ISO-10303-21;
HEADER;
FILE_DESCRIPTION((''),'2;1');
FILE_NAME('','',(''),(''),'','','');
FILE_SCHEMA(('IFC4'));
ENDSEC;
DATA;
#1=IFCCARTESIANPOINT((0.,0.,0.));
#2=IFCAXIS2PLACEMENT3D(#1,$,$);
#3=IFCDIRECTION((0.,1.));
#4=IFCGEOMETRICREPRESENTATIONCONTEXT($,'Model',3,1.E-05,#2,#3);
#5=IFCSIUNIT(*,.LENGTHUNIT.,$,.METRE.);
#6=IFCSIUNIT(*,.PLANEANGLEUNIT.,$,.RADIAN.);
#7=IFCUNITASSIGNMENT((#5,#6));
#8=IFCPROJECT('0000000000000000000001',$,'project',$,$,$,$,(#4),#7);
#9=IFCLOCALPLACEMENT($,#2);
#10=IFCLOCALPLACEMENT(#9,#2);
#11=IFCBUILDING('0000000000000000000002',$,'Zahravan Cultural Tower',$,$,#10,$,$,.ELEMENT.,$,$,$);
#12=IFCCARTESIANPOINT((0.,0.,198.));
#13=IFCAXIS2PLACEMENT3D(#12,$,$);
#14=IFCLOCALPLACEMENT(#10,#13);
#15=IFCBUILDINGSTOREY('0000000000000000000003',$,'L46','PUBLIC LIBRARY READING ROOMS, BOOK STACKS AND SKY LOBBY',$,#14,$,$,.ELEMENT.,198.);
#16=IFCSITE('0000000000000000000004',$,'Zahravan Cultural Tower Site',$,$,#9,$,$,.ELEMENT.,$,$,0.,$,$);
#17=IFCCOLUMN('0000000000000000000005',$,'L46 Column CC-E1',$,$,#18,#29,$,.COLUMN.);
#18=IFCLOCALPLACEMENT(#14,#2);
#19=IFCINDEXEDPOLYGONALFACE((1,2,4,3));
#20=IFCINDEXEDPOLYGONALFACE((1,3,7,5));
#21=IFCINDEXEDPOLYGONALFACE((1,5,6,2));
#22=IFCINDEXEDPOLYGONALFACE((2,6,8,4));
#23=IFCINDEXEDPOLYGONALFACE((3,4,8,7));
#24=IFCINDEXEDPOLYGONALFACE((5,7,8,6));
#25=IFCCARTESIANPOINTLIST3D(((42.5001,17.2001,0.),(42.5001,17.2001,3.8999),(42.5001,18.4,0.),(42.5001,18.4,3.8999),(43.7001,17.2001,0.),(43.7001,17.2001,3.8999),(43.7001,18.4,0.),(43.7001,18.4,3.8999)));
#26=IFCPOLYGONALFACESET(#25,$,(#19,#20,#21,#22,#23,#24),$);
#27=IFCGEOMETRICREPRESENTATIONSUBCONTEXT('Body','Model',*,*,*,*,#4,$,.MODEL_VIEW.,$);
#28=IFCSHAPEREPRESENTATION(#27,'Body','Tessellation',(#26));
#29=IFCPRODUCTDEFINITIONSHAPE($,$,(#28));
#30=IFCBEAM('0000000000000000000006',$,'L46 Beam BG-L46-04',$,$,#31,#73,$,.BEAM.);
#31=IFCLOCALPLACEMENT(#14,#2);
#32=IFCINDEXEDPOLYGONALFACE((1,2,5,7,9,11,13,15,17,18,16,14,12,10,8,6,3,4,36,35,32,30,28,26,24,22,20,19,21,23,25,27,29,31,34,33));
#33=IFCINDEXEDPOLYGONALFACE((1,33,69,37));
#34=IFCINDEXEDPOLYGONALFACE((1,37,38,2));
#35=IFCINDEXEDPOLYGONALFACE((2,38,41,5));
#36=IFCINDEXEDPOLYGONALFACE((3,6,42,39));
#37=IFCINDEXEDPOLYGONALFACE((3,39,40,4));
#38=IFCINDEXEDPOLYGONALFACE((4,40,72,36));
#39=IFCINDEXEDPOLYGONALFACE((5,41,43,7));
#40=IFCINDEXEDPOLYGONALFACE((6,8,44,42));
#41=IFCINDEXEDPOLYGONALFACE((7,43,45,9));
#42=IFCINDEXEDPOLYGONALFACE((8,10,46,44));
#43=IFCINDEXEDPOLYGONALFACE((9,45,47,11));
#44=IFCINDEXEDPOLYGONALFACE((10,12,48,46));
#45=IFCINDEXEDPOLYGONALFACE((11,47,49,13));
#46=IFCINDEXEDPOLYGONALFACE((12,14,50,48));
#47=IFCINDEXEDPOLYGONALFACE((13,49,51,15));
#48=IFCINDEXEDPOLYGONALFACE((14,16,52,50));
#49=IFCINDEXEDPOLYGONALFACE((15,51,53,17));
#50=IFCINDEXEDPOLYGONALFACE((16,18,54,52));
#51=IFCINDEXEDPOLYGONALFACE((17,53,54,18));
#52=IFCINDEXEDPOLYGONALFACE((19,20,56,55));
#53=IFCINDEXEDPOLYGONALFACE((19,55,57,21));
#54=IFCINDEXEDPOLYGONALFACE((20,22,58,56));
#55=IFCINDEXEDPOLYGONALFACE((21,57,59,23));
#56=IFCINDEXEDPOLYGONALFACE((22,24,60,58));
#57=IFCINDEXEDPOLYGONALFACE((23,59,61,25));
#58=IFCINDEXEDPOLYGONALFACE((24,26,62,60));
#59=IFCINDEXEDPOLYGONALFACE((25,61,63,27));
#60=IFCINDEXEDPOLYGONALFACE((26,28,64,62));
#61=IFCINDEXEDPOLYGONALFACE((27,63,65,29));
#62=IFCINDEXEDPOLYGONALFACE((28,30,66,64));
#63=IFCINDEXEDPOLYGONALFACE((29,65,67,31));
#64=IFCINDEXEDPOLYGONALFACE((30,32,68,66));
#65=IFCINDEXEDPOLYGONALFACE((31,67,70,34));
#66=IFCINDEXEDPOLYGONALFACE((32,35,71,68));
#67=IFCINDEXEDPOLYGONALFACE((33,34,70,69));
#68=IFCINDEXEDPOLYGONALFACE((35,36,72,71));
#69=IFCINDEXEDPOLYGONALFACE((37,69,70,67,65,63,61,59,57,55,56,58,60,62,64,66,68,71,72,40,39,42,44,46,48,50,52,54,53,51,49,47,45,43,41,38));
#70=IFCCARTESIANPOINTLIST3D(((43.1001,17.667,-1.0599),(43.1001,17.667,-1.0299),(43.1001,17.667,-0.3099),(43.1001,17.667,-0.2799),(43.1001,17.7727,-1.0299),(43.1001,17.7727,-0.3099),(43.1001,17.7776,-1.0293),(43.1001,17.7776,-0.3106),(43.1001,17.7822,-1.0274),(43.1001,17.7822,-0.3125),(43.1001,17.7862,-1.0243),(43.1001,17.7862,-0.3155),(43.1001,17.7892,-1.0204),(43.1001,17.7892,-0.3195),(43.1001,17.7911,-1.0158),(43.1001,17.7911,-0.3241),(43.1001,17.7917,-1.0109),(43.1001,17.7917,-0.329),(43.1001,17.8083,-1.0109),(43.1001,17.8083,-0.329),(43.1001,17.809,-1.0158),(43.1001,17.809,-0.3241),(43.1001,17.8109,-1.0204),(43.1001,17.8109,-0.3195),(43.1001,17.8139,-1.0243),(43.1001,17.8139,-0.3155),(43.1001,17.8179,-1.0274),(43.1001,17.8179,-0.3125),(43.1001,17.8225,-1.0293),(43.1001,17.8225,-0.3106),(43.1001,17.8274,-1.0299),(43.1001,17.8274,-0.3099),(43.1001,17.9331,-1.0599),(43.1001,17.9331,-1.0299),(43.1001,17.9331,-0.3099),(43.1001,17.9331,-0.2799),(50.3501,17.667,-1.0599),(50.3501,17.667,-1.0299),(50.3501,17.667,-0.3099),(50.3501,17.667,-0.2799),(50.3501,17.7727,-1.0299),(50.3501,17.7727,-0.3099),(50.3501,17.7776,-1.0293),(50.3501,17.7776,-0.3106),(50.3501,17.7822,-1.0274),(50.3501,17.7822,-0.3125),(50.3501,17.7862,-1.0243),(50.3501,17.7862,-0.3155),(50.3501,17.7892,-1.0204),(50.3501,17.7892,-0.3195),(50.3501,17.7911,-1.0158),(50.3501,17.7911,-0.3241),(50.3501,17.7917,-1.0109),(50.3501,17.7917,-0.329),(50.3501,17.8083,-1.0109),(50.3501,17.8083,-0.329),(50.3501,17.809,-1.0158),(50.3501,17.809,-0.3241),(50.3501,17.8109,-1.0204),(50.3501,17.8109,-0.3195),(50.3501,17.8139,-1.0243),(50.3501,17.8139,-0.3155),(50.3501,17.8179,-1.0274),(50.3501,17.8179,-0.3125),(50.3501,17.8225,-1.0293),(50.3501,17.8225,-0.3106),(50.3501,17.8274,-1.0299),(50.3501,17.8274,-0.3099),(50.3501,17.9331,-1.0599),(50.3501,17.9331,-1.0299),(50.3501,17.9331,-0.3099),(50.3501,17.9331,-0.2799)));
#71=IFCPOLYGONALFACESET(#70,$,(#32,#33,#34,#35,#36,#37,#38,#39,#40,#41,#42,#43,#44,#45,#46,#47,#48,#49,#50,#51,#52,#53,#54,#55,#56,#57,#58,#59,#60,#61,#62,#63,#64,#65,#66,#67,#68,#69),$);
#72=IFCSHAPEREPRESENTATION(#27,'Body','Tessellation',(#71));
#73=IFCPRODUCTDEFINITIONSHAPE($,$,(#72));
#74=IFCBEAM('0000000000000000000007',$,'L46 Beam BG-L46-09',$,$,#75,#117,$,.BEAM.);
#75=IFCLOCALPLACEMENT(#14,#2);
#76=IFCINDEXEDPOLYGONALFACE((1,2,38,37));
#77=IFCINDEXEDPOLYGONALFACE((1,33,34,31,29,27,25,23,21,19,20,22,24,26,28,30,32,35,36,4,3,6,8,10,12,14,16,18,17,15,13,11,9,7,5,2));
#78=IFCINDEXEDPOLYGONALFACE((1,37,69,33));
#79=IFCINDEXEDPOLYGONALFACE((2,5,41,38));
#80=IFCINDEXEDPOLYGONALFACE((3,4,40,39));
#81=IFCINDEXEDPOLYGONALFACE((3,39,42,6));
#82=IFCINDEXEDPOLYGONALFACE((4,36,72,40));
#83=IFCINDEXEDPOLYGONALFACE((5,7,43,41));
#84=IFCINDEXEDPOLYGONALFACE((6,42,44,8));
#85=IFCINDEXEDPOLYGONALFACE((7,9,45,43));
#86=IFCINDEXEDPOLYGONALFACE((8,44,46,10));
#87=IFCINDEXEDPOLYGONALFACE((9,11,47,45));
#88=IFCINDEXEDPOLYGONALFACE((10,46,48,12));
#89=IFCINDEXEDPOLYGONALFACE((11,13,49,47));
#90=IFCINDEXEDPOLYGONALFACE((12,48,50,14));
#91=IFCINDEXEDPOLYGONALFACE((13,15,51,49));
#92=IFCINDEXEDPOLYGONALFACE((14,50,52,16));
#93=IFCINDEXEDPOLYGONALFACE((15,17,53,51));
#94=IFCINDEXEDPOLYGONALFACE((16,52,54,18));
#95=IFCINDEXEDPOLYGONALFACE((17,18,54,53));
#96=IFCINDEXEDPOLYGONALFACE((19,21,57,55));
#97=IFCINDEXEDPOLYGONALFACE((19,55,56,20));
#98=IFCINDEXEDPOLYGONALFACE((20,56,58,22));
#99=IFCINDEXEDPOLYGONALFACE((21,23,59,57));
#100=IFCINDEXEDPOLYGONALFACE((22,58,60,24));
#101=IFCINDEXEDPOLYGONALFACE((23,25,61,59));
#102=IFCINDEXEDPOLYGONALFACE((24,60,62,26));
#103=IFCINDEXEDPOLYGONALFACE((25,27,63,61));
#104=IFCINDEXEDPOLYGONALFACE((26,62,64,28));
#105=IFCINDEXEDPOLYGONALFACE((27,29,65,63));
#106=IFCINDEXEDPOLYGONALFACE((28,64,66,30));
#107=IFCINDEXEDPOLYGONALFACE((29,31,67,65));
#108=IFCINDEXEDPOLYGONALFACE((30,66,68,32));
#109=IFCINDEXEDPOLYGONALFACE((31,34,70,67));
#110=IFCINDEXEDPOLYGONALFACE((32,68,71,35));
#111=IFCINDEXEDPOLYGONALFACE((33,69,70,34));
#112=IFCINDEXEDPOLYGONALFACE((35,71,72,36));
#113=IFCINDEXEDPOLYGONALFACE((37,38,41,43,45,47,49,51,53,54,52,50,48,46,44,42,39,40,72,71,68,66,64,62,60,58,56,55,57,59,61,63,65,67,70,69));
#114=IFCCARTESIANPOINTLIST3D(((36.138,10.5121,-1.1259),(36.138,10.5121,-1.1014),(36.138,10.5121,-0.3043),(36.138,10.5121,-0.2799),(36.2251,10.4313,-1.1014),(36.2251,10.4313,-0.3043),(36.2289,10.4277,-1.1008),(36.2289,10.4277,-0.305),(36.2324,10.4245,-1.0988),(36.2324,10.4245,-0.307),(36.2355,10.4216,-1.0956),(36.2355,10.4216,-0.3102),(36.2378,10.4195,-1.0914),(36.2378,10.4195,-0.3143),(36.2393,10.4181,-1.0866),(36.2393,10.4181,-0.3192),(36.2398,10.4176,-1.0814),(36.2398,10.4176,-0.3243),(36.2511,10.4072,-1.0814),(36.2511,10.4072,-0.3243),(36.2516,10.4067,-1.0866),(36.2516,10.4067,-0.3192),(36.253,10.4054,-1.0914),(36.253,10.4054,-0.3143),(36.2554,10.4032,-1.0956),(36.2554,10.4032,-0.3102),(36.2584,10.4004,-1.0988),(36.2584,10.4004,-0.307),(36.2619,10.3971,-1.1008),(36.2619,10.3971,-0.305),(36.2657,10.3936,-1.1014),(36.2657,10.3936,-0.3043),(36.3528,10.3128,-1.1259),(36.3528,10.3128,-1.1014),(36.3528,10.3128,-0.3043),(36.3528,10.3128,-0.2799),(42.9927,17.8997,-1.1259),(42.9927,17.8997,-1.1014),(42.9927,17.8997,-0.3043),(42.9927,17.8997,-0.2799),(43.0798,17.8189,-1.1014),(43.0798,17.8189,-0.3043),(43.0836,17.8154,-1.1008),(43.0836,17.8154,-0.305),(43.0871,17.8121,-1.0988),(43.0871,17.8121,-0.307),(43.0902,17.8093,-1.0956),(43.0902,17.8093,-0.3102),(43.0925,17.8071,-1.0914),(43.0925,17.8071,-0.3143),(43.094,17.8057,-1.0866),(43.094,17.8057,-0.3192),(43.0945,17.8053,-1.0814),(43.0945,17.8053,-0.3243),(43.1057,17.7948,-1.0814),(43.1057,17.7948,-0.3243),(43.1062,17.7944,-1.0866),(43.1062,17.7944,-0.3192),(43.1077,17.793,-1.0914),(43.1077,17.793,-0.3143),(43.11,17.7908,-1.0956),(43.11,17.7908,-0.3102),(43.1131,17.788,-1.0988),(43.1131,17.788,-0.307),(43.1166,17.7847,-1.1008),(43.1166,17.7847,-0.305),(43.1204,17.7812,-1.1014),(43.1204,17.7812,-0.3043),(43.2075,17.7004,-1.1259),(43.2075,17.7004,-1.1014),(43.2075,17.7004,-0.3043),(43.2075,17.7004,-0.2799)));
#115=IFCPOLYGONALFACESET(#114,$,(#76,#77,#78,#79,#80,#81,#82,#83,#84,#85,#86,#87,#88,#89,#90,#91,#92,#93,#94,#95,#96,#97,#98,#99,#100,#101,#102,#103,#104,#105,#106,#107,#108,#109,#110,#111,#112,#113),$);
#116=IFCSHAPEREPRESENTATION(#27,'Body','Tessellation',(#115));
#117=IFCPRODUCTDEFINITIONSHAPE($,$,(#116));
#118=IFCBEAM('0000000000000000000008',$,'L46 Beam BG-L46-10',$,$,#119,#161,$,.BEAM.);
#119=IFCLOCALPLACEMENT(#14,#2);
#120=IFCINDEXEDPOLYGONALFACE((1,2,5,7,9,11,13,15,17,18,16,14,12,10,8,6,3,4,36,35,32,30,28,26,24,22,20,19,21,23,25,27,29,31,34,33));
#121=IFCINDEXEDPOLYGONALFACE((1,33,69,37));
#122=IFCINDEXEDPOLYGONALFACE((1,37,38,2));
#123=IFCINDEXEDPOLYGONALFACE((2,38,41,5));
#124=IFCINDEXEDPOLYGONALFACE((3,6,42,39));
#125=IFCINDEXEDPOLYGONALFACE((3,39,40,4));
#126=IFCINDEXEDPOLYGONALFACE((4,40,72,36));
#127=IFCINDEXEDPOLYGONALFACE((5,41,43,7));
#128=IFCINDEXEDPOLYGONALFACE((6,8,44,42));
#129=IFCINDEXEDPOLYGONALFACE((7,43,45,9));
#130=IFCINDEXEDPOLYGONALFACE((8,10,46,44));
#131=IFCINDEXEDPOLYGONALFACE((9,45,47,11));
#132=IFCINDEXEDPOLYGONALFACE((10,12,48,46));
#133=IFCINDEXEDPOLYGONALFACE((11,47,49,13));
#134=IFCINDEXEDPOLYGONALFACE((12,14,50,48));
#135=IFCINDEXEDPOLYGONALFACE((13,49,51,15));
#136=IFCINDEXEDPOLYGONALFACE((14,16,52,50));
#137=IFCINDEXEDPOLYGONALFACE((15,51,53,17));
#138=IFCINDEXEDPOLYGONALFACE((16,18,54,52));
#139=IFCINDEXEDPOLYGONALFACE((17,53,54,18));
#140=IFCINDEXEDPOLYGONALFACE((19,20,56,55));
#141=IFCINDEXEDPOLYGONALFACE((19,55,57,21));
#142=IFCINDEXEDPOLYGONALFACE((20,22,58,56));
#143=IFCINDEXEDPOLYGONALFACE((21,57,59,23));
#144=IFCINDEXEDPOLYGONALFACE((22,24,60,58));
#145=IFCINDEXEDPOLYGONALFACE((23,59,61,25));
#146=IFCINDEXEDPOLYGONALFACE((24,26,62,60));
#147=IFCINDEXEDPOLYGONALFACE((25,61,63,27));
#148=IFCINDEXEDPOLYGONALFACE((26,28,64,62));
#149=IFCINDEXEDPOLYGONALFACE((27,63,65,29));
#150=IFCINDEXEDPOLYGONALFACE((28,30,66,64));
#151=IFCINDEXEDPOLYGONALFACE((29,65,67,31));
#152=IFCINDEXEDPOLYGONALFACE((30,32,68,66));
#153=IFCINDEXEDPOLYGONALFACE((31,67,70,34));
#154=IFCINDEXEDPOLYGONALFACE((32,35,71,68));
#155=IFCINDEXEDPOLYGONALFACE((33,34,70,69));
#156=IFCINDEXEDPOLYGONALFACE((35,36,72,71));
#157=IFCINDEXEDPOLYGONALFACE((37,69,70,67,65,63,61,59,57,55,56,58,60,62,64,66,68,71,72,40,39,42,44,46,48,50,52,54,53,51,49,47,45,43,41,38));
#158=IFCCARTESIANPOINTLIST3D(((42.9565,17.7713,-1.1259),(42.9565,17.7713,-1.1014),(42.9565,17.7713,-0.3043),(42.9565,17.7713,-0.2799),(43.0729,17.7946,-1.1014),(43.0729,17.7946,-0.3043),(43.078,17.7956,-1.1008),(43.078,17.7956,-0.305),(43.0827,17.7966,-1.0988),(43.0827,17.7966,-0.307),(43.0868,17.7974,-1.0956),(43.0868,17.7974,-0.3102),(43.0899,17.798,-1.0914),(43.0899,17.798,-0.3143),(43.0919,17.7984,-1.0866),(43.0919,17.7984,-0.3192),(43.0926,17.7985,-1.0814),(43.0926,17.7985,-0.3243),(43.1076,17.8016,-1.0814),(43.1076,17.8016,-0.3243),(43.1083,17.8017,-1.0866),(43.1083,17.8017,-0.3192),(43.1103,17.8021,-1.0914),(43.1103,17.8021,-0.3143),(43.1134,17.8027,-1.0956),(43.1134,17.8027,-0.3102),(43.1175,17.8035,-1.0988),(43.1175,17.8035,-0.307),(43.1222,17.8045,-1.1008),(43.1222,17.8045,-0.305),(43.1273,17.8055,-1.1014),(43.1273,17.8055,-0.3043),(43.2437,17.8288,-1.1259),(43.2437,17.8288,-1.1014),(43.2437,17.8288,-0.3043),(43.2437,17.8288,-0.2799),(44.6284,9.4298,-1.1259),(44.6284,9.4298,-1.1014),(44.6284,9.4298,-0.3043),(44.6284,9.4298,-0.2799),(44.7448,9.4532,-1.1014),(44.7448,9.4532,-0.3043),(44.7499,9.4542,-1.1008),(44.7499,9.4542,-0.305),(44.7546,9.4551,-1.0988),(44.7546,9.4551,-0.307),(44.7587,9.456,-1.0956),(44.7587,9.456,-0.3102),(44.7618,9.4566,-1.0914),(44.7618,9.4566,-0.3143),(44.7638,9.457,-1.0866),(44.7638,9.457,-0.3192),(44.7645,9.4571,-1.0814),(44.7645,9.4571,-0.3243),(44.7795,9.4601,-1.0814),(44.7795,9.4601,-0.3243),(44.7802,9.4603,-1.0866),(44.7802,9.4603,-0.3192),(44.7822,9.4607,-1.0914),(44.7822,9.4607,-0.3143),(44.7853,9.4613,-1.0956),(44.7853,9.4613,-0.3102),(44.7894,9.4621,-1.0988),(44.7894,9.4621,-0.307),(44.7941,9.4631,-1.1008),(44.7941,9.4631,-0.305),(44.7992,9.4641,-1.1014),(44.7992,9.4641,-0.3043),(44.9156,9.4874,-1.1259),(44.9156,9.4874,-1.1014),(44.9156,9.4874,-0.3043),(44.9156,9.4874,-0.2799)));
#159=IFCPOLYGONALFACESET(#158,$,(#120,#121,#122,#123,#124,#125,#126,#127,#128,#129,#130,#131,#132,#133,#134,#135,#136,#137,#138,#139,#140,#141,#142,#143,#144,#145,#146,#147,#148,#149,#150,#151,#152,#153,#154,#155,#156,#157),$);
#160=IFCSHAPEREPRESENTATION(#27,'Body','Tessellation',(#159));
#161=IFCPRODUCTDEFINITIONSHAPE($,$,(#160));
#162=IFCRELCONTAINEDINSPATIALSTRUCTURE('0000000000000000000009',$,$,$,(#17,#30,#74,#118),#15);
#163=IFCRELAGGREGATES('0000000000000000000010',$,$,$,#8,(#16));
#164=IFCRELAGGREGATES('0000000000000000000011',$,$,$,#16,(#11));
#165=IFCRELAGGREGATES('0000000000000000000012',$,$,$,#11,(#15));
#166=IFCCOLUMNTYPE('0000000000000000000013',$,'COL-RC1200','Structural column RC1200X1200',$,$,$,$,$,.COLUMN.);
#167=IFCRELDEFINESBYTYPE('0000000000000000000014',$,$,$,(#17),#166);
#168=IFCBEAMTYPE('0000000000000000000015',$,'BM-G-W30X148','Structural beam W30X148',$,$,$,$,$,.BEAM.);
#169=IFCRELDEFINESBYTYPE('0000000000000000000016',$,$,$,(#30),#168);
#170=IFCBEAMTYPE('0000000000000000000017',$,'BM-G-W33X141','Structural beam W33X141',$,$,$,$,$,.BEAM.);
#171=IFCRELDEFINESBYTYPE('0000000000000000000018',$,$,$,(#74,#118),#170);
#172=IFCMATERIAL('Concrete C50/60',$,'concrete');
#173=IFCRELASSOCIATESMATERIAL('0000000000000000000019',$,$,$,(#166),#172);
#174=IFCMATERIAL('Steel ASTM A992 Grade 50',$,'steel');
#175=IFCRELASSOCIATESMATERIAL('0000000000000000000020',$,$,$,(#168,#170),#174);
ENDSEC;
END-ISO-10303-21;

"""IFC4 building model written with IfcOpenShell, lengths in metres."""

from ifc_helpers import new_model, si_unit, direction, frame, origin, origin_2d, place, context, subcontext, project, spatial, rectangle, i_section, extrude, source, transform, mapped, material, material_profile, profile_set, type_object, element, save


model = new_model("IFC4")

# Units and contexts
model_context = context("Model", 3, precision=1e-05, world=origin(), true_north=direction((0.0, 1.0)))
body_context = subcontext(model_context, "Body", "Model", "MODEL_VIEW")
ifc_project = project(units=[si_unit("LENGTHUNIT", "METRE"), si_unit("PLANEANGLEUNIT", "RADIAN")], contexts=[model_context])

# Site, building, storey
site_placement = place(None, origin())
site = spatial("IfcSite", under=ifc_project, at=site_placement, Name="Zahravan Cultural Tower Site", CompositionType="ELEMENT", RefElevation=0.0)
building_placement = place(site_placement, origin())
building = spatial("IfcBuilding", under=site, at=building_placement, Name="Zahravan Cultural Tower", CompositionType="ELEMENT")
storey_placement = place(building_placement, frame((0.0, 0.0, 198.0)))
storey = spatial("IfcBuildingStorey", under=building, at=storey_placement, Name="L46", Description="PUBLIC LIBRARY READING ROOMS, BOOK STACKS AND SKY LOBBY", CompositionType="ELEMENT", Elevation=198.0)

# Column
ifc_material_1 = material(Name="Concrete C50/60", Category="concrete")
ifc_material_profile_1 = material_profile(ifc_material_1, rectangle(XDim=1.2, YDim=1.2, at=origin_2d()), Name="RC1200X1200")
ifc_profile_set_1 = profile_set([ifc_material_profile_1], Name="Concrete C50/60")
column_type = type_object("IfcColumnType", Name="COL-RC1200", Description="Structural column RC1200X1200", PredefinedType="COLUMN", material=ifc_profile_set_1)
shared_shape_1 = source(origin(), body_context, "Body", "SweptSolid", [
    extrude(rectangle(XDim=1.2, YDim=1.2, at=origin_2d()), origin(), (0.0, 0.0, 1.0), 3.8999),
])
column_placement = place(storey_placement, frame((43.1001, 17.8, 0.0), z_axis=(0.0, 0.0, 1.0), x_axis=(1.0, 0.0, 0.0)))
element("IfcColumn", 1, at=column_placement, inside=storey, type_object=column_type, Name="L46 Column CC-E1", PredefinedType="COLUMN", context=body_context, shape_type="MappedRepresentation", body=[
    mapped(shared_shape_1, transform((0.0, 0.0, 0.0), x_axis=(1.0, 0.0, 0.0), y_axis=(0.0, 1.0, 0.0), z_axis=(0.0, 0.0, 1.0), scale=1.0)),
])

# Beams
ifc_material_2 = material(Name="Steel ASTM A992 Grade 50", Category="steel")
ifc_material_profile_2 = material_profile(ifc_material_2, i_section(OverallWidth=0.2661, OverallDepth=0.78, WebThickness=0.0166, FlangeThickness=0.03, FilletRadius=0.019, at=origin_2d()), Name="W30X148")
ifc_profile_set_2 = profile_set([ifc_material_profile_2], Name="Steel ASTM A992 Grade 50")
beam_type_1 = type_object("IfcBeamType", Name="BM-G-W30X148", Description="Structural beam W30X148", PredefinedType="BEAM", material=ifc_profile_set_2)
shared_shape_2 = source(origin(), body_context, "Body", "SweptSolid", [
    extrude(i_section(OverallWidth=0.2661, OverallDepth=0.78, WebThickness=0.0166, FlangeThickness=0.03, FilletRadius=0.019, at=origin_2d()), origin(), (0.0, 0.0, 1.0), 7.25),
])
beam_1_placement = place(storey_placement, frame((43.1001, 17.8, -0.6699), z_axis=(1.0, 0.0, 0.0), x_axis=(0.0, 1.0, 0.0)))
element("IfcBeam", 2, at=beam_1_placement, inside=storey, type_object=beam_type_1, Name="L46 Beam BG-L46-04", PredefinedType="BEAM", context=body_context, shape_type="MappedRepresentation", body=[
    mapped(shared_shape_2, transform((0.0, 0.0, 0.0), x_axis=(1.0, 0.0, 0.0), y_axis=(0.0, 1.0, 0.0), z_axis=(0.0, 0.0, 1.0), scale=1.0)),
])
ifc_material_profile_3 = material_profile(ifc_material_2, i_section(OverallWidth=0.293, OverallDepth=0.8459, WebThickness=0.0154, FlangeThickness=0.0244, FilletRadius=0.02, at=origin_2d()), Name="W33X141")
ifc_profile_set_3 = profile_set([ifc_material_profile_3], Name="Steel ASTM A992 Grade 50")
beam_type_2 = type_object("IfcBeamType", Name="BM-G-W33X141", Description="Structural beam W33X141", PredefinedType="BEAM", material=ifc_profile_set_3)
shared_shape_3 = source(origin(), body_context, "Body", "SweptSolid", [
    extrude(i_section(OverallWidth=0.293, OverallDepth=0.8459, WebThickness=0.0154, FlangeThickness=0.0244, FilletRadius=0.02, at=origin_2d()), origin(), (0.0, 0.0, 1.0), 10.0779),
])
beam_2_placement = place(storey_placement, frame((43.1001, 17.8, -0.7029), z_axis=(-0.68017, -0.733054, 0.0), x_axis=(0.733054, -0.68017, 0.0)))
element("IfcBeam", 3, at=beam_2_placement, inside=storey, type_object=beam_type_2, Name="L46 Beam BG-L46-09", PredefinedType="BEAM", context=body_context, shape_type="MappedRepresentation", body=[
    mapped(shared_shape_3, transform((0.0, 0.0, 0.0), x_axis=(1.0, 0.0, 0.0), y_axis=(0.0, 1.0, 0.0), z_axis=(0.0, 0.0, 1.0), scale=1.0)),
])
shared_shape_4 = source(origin(), body_context, "Body", "SweptSolid", [
    extrude(i_section(OverallWidth=0.293, OverallDepth=0.8459, WebThickness=0.0154, FlangeThickness=0.0244, FilletRadius=0.02, at=origin_2d()), origin(), (0.0, 0.0, 1.0), 8.5073),
])
beam_3_placement = place(storey_placement, frame((43.1001, 17.8, -0.7029), z_axis=(0.196525, -0.980499, 0.0), x_axis=(0.980499, 0.196525, 0.0)))
element("IfcBeam", 4, at=beam_3_placement, inside=storey, type_object=beam_type_2, Name="L46 Beam BG-L46-10", PredefinedType="BEAM", context=body_context, shape_type="MappedRepresentation", body=[
    mapped(shared_shape_4, transform((0.0, 0.0, 0.0), x_axis=(1.0, 0.0, 0.0), y_axis=(0.0, 1.0, 0.0), z_axis=(0.0, 0.0, 1.0), scale=1.0)),
])

save(model, "model.ifc")
